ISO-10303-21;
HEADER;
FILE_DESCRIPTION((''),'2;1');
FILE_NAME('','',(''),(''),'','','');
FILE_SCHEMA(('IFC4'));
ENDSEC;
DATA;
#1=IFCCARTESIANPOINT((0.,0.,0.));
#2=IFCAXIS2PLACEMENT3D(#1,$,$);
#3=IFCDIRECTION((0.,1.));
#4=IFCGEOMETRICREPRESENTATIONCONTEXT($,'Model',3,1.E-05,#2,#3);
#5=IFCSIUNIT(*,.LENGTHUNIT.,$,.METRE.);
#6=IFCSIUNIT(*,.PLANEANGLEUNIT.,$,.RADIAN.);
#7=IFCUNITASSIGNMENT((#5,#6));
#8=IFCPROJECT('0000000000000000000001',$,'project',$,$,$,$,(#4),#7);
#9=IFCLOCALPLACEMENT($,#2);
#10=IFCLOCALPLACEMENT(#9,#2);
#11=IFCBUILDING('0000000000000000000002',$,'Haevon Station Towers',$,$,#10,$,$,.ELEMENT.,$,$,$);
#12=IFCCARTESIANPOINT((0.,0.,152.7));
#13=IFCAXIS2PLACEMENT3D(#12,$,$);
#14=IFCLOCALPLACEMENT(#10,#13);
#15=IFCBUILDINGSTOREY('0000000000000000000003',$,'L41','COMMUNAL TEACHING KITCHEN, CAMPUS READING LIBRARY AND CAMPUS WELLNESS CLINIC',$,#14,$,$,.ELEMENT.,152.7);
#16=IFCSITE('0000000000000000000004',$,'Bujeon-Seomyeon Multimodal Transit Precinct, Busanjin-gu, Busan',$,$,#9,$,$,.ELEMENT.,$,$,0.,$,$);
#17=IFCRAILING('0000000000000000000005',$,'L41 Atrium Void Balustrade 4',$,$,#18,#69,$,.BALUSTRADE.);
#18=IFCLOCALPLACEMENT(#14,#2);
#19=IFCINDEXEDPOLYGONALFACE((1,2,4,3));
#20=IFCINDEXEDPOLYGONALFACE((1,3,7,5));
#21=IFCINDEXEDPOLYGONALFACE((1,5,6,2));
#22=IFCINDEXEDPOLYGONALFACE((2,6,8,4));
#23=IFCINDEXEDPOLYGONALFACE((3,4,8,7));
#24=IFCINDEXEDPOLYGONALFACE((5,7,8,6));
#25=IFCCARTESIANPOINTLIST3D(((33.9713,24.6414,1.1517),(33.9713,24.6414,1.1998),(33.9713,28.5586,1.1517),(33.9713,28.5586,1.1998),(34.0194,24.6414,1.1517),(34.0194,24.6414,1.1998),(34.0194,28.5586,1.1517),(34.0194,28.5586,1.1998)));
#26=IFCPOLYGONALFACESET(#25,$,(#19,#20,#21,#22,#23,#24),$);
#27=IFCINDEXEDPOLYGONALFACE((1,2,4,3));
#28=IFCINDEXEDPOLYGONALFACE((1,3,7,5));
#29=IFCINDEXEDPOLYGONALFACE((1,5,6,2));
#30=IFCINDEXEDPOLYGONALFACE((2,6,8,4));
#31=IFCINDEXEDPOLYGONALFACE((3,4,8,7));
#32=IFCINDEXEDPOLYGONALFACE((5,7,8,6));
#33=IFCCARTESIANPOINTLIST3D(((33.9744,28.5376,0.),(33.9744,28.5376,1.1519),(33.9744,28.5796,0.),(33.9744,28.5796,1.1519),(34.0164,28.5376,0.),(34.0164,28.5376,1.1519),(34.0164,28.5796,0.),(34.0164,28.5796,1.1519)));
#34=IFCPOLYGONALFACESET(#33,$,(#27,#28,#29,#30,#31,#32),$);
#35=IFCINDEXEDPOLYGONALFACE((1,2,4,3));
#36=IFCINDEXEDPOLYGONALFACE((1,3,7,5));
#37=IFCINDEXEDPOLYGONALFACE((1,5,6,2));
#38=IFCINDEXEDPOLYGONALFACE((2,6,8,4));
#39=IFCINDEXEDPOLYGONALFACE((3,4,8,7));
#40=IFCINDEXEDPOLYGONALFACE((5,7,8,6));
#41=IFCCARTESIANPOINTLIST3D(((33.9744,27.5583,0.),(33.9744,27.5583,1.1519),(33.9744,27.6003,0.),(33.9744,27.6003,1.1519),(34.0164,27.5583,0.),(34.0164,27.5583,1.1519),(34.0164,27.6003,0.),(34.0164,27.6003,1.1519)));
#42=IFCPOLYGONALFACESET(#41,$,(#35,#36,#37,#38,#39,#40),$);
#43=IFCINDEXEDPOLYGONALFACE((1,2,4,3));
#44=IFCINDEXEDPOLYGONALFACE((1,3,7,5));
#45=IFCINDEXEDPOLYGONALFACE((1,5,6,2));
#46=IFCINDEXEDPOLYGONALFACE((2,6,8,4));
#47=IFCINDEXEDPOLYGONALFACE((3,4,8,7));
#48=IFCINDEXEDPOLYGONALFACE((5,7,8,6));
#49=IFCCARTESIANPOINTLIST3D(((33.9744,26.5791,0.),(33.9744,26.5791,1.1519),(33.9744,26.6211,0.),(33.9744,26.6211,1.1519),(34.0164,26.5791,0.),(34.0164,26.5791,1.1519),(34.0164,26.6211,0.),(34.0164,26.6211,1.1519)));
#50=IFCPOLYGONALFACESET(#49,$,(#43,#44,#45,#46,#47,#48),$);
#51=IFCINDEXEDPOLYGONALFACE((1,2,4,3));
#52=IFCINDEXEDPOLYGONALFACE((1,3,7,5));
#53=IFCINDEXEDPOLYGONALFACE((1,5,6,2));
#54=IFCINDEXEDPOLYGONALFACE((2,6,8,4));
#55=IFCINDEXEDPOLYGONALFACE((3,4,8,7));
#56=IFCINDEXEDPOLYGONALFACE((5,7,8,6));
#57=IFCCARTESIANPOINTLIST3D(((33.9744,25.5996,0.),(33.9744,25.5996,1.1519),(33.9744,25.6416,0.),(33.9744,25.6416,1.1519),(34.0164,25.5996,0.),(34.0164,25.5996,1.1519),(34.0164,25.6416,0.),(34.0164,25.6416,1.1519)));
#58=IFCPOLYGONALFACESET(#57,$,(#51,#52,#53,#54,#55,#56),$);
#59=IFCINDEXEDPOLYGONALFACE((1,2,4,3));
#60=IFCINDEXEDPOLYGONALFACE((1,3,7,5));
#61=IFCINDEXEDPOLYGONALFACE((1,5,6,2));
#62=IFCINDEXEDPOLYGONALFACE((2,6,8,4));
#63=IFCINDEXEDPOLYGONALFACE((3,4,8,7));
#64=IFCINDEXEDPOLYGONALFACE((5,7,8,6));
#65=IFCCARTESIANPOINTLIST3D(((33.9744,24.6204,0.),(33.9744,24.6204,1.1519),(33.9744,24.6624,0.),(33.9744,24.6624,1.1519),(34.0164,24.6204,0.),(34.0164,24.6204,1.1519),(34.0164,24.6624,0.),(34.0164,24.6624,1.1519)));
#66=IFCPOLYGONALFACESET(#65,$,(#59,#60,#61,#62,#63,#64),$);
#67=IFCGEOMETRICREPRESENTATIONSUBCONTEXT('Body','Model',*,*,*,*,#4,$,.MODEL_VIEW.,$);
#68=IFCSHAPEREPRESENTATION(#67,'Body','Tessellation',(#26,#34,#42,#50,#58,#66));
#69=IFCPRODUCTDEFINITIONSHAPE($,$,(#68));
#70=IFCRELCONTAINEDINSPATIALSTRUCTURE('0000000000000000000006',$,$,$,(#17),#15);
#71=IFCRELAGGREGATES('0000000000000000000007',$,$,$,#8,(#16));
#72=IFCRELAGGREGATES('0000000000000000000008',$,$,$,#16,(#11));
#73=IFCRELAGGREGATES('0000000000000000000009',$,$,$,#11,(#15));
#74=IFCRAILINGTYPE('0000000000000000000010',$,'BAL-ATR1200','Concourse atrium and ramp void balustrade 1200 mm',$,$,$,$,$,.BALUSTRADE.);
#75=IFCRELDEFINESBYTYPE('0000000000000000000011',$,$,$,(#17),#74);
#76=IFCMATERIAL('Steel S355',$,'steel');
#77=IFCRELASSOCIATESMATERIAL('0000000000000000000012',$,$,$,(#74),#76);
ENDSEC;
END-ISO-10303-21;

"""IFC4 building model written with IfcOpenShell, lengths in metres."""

from ifc_helpers import new_model, si_unit, direction, frame, origin, origin_2d, place, context, subcontext, project, spatial, rectangle, extrude, material, type_object, element, save


model = new_model("IFC4")

# Units and contexts
model_context = context("Model", 3, precision=1e-05, world=origin(), true_north=direction((0.0, 1.0)))
body_context = subcontext(model_context, "Body", "Model", "MODEL_VIEW")
ifc_project = project(units=[si_unit("LENGTHUNIT", "METRE"), si_unit("PLANEANGLEUNIT", "RADIAN")], contexts=[model_context])

# Site, building, storey
site_placement = place(None, origin())
site = spatial("IfcSite", under=ifc_project, at=site_placement, Name="Bujeon-Seomyeon Multimodal Transit Precinct, Busanjin-gu, Busan", CompositionType="ELEMENT", RefElevation=0.0)
building_placement = place(site_placement, origin())
building = spatial("IfcBuilding", under=site, at=building_placement, Name="Haevon Station Towers", CompositionType="ELEMENT")
storey_placement = place(building_placement, frame((0.0, 0.0, 152.7)))
storey = spatial("IfcBuildingStorey", under=building, at=storey_placement, Name="L41", Description="COMMUNAL TEACHING KITCHEN, CAMPUS READING LIBRARY AND CAMPUS WELLNESS CLINIC", CompositionType="ELEMENT", Elevation=152.7)

# Shared definitions
ifc_material_1 = material(Name="Steel S355", Category="steel")

# Railing
railing_type = type_object("IfcRailingType", Name="BAL-ATR1200", Description="Concourse atrium and ramp void balustrade 1200 mm", PredefinedType="BALUSTRADE", material=ifc_material_1)
railing_1_placement = place(storey_placement, frame((33.9954, 28.5586, 0.0)))
element("IfcRailing", 1, at=railing_1_placement, inside=storey, type_object=railing_type, Name="L41 Atrium Void Balustrade 4", PredefinedType="BALUSTRADE", context=body_context, shape_type="SweptSolid", body=[
    extrude(rectangle(XDim=0.0481, YDim=0.0481, at=origin_2d()), frame((0.0, 0.0, 1.1758), z_axis=(0.0, -1.0, 0.0), x_axis=(1.0, 0.0, 0.0)), (0.0, 0.0, 1.0), 3.9172),
    extrude(rectangle(XDim=0.042, YDim=0.042, at=origin_2d()), origin(), (0.0, 0.0, 1.0), 1.1519),
    extrude(rectangle(XDim=0.042, YDim=0.042, at=origin_2d()), frame((0.0, -0.9792, 0.0)), (0.0, 0.0, 1.0), 1.1519),
    extrude(rectangle(XDim=0.042, YDim=0.042, at=origin_2d()), frame((0.0, -1.9585, 0.0)), (0.0, 0.0, 1.0), 1.1519),
    extrude(rectangle(XDim=0.042, YDim=0.042, at=origin_2d()), frame((0.0, -2.938, 0.0)), (0.0, 0.0, 1.0), 1.1519),
    extrude(rectangle(XDim=0.042, YDim=0.042, at=origin_2d()), frame((0.0, -3.9172, 0.0)), (0.0, 0.0, 1.0), 1.1519),
])

save(model, "model.ifc")
